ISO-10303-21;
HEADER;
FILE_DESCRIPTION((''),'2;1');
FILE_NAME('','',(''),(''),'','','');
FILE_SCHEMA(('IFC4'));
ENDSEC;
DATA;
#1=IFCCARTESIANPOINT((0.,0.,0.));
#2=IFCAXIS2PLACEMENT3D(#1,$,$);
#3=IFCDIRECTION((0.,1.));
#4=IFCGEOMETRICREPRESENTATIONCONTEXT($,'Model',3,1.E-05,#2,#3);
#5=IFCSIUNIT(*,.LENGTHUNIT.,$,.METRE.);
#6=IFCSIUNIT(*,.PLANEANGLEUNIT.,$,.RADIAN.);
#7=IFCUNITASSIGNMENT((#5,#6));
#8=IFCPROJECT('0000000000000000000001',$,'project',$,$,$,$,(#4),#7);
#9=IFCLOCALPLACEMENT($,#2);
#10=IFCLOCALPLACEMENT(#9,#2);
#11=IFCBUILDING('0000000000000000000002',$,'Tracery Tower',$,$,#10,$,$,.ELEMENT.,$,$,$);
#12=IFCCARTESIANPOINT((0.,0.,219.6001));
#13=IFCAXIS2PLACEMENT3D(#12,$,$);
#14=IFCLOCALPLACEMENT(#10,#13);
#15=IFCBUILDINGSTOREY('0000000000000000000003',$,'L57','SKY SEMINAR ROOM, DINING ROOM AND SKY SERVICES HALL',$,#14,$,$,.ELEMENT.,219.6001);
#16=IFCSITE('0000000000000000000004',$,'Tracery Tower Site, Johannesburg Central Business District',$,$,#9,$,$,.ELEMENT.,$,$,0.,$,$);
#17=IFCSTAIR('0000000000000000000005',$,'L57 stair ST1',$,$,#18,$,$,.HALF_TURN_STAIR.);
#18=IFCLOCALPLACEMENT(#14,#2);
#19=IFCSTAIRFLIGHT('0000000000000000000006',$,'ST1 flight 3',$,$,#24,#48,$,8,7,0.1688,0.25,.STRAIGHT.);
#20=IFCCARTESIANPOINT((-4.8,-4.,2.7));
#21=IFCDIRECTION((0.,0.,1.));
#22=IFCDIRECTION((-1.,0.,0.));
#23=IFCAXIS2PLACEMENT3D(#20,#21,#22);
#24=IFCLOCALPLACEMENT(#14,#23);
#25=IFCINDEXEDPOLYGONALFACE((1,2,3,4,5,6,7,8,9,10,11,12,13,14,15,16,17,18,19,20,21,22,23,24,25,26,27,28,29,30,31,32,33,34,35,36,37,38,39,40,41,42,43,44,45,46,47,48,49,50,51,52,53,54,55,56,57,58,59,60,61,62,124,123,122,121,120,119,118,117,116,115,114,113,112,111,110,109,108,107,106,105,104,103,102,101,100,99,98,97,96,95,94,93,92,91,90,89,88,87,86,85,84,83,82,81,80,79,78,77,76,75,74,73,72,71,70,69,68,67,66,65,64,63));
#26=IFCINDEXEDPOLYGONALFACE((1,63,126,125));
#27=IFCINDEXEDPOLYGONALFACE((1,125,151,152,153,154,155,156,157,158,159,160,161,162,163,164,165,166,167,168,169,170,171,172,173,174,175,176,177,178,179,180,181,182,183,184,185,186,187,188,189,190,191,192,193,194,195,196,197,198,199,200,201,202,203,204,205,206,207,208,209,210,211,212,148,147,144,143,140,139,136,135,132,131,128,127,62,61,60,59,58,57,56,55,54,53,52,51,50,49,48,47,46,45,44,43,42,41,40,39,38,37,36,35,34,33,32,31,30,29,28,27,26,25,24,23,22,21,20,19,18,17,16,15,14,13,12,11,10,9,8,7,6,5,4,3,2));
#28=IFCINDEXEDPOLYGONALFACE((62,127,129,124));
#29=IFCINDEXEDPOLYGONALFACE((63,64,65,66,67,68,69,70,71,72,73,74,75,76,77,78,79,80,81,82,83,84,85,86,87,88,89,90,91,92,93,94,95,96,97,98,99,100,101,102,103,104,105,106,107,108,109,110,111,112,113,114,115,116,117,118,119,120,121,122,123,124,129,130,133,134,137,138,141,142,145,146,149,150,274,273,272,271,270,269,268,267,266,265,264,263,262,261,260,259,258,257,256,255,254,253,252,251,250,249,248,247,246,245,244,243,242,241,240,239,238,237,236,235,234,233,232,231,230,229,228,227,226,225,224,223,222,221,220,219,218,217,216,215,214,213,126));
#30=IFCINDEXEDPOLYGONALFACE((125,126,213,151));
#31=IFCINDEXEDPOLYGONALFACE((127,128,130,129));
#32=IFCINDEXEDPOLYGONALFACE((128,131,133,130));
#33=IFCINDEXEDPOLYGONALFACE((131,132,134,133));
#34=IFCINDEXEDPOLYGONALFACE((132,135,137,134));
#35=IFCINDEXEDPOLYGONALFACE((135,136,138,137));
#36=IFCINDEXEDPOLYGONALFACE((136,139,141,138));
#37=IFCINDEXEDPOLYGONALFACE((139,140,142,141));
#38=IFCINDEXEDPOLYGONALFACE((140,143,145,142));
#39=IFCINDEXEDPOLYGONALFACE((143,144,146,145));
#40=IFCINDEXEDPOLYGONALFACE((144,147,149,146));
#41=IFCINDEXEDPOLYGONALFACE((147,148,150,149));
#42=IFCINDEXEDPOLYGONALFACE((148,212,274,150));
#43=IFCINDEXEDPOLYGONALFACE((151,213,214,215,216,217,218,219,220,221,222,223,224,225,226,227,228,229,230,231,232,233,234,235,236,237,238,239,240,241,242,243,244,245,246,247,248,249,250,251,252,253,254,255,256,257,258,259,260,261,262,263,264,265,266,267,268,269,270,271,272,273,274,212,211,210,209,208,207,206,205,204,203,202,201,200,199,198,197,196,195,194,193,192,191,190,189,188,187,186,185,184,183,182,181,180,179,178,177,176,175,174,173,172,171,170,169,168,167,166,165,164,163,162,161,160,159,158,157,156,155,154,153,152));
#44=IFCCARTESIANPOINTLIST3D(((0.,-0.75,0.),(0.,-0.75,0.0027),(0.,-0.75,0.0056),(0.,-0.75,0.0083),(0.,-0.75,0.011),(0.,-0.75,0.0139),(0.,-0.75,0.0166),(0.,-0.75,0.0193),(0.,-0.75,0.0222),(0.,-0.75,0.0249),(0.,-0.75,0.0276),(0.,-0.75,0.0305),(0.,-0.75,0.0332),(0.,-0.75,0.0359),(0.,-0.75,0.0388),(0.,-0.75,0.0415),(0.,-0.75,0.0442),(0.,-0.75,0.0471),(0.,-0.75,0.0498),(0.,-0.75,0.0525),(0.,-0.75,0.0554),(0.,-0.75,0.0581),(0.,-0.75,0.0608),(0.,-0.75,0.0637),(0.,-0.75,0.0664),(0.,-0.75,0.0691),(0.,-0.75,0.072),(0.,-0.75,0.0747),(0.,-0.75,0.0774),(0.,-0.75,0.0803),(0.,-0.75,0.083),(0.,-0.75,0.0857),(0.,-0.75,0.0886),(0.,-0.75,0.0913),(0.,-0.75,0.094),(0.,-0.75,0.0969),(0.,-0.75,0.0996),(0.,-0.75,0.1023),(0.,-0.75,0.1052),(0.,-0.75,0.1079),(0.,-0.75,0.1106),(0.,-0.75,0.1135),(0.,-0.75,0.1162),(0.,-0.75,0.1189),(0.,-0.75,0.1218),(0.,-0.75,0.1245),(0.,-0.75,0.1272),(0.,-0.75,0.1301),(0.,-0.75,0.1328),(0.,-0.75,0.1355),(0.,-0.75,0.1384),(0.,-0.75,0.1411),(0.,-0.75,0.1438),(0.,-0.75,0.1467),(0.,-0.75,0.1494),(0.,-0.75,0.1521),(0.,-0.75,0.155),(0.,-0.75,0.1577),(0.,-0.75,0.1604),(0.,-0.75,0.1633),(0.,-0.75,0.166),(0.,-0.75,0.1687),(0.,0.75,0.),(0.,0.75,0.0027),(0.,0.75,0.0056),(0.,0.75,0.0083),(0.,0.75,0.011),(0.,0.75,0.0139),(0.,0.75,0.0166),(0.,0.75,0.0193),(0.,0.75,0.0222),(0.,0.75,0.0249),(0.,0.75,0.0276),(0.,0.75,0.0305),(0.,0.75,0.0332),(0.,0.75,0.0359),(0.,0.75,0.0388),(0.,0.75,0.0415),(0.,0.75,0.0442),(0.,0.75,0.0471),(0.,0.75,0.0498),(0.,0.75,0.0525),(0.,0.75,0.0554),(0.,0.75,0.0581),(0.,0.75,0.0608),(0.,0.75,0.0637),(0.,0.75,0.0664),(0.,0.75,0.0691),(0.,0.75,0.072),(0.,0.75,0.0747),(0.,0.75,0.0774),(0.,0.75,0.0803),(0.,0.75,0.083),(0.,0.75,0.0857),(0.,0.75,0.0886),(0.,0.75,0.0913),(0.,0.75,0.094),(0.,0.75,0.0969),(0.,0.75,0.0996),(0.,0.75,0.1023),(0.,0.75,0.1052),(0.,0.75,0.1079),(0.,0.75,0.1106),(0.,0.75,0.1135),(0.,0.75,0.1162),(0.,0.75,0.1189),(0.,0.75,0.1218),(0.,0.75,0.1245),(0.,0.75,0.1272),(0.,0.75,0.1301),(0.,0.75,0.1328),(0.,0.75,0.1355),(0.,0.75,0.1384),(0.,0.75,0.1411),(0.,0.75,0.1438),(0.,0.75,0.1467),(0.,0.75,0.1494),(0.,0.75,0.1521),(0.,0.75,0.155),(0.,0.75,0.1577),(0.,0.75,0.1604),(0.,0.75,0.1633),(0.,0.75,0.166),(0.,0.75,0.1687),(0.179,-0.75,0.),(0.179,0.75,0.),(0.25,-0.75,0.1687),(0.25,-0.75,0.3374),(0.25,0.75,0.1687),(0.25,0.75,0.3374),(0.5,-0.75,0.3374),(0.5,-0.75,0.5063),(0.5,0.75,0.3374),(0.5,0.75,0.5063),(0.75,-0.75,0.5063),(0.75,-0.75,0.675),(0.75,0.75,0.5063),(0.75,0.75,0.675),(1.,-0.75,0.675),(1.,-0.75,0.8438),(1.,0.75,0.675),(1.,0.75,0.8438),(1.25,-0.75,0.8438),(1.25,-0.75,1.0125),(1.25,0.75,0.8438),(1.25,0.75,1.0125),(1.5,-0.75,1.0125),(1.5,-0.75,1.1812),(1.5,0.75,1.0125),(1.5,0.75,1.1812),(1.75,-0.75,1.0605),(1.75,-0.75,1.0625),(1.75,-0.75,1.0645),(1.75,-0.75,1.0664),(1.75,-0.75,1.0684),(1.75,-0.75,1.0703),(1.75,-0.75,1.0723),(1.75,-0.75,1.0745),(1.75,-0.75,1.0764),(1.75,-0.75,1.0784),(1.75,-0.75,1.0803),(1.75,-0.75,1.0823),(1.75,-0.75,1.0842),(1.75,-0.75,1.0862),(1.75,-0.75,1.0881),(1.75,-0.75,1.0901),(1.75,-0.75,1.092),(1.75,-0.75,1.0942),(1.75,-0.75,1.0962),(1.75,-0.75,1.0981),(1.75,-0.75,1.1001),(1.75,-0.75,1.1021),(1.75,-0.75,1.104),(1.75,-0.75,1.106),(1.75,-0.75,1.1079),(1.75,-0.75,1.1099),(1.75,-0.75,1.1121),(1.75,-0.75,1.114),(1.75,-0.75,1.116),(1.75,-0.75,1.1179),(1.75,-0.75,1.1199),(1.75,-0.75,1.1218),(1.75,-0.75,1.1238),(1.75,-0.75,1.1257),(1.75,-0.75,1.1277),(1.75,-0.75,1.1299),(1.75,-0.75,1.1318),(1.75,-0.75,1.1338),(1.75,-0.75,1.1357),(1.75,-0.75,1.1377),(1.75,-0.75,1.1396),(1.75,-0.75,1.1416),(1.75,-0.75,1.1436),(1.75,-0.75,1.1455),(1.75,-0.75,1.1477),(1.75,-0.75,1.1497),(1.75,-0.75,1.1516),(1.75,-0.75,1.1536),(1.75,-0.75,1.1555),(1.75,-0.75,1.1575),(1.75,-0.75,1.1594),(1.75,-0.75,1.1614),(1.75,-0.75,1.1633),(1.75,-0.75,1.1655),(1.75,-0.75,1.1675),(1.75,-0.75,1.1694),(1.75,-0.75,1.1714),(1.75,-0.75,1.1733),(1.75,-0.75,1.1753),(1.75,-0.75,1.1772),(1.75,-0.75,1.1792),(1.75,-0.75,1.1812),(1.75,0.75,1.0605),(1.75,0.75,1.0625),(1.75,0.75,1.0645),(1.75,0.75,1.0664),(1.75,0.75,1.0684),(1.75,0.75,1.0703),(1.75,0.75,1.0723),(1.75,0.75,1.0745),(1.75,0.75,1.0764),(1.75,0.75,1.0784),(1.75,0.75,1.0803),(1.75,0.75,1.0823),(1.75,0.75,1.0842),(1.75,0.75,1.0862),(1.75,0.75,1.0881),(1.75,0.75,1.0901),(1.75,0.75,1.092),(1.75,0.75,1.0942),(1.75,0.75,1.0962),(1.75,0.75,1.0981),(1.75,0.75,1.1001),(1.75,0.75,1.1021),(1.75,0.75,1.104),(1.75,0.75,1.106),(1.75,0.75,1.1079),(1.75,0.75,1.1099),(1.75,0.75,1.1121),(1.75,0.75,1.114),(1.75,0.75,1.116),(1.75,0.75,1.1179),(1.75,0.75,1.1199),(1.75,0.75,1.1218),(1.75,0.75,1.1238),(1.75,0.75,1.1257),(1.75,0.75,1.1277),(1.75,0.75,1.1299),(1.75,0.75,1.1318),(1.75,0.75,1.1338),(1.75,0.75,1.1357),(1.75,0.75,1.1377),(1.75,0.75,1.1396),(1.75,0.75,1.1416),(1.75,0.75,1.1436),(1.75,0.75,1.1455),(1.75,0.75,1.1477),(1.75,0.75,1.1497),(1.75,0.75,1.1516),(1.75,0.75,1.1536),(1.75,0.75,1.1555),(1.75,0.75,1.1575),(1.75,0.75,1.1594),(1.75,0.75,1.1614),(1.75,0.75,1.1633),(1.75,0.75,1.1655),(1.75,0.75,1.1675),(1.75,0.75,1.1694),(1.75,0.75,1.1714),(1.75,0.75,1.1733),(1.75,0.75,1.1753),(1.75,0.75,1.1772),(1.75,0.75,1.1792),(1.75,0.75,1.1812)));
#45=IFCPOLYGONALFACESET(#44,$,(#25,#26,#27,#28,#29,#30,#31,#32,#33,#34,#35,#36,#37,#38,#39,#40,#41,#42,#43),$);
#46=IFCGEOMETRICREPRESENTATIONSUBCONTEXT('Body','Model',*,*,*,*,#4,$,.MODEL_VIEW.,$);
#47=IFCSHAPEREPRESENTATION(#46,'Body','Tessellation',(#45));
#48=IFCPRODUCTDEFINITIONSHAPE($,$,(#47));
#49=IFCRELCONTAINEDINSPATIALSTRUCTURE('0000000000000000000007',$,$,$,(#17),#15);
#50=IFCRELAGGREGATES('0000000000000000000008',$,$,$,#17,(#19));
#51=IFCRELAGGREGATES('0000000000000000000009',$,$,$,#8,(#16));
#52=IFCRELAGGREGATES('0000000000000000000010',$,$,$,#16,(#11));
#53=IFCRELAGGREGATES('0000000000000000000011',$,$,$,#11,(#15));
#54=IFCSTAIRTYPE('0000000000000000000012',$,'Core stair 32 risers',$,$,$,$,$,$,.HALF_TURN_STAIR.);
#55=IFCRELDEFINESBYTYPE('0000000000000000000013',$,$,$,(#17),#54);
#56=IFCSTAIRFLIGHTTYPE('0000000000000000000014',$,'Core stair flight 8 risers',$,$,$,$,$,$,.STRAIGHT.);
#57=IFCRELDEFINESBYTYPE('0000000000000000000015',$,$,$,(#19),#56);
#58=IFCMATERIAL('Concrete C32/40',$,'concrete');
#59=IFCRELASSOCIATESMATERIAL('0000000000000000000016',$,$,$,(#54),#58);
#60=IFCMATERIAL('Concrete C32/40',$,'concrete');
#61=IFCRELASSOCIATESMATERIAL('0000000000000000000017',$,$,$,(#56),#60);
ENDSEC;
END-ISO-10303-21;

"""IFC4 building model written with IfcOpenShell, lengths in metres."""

from ifc_helpers import new_model, si_unit, direction, frame, origin, place, context, subcontext, project, spatial, polyline, outline, extrude, material, type_object, element, aggregate, save


model = new_model("IFC4")

# Units and contexts
model_context = context("Model", 3, precision=1e-05, world=origin(), true_north=direction((0.0, 1.0)))
body_context = subcontext(model_context, "Body", "Model", "MODEL_VIEW")
ifc_project = project(units=[si_unit("LENGTHUNIT", "METRE"), si_unit("PLANEANGLEUNIT", "RADIAN")], contexts=[model_context])

# Site, building, storey
site_placement = place(None, origin())
site = spatial("IfcSite", under=ifc_project, at=site_placement, Name="Tracery Tower Site, Johannesburg Central Business District", CompositionType="ELEMENT", RefElevation=0.0)
building_placement = place(site_placement, origin())
building = spatial("IfcBuilding", under=site, at=building_placement, Name="Tracery Tower", CompositionType="ELEMENT")
storey_placement = place(building_placement, frame((0.0, 0.0, 219.6001)))
storey = spatial("IfcBuildingStorey", under=building, at=storey_placement, Name="L57", Description="SKY SEMINAR ROOM, DINING ROOM AND SKY SERVICES HALL", CompositionType="ELEMENT", Elevation=219.6001)

# Stair, stair flight
ifc_material_1 = material(Name="Concrete C32/40", Category="concrete")
stair_type = type_object("IfcStairType", Name="Core stair 32 risers", PredefinedType="HALF_TURN_STAIR", material=ifc_material_1)
stair_placement = place(storey_placement, origin())
stair = element("IfcStair", 1, at=stair_placement, inside=storey, type_object=stair_type, Name="L57 stair ST1", PredefinedType="HALF_TURN_STAIR")
ifc_material_2 = material(Name="Concrete C32/40", Category="concrete")
stair_flight_type = type_object("IfcStairFlightType", Name="Core stair flight 8 risers", PredefinedType="STRAIGHT", material=ifc_material_2)
stair_flight_1_placement = place(storey_placement, frame((-4.8, -4.0, 2.7), z_axis=(0.0, 0.0, 1.0), x_axis=(-1.0, 0.0, 0.0)))
stair_flight_1 = element("IfcStairFlight", 2, at=stair_flight_1_placement, type_object=stair_flight_type, Name="ST1 flight 3", NumberOfRisers=8, NumberOfTreads=7, PredefinedType="STRAIGHT", RiserHeight=0.1688, TreadLength=0.25, context=body_context, shape_type="SweptSolid", body=[
    extrude(outline(polyline([(0.0, 0.0), (0.0, 0.0027), (0.0, 0.0056), (0.0, 0.0083), (0.0, 0.011), (0.0, 0.0139), (0.0, 0.0166), (0.0, 0.0193), (0.0, 0.0222), (0.0, 0.0249), (0.0, 0.0276), (0.0, 0.0305), (0.0, 0.0332), (0.0, 0.0359), (0.0, 0.0388), (0.0, 0.0415), (0.0, 0.0442), (0.0, 0.0471), (0.0, 0.0498), (0.0, 0.0525), (0.0, 0.0554), (0.0, 0.0581), (0.0, 0.0608), (0.0, 0.0637), (0.0, 0.0664), (0.0, 0.0691), (0.0, 0.072), (0.0, 0.0747), (0.0, 0.0774), (0.0, 0.0803), (0.0, 0.083), (0.0, 0.0857), (0.0, 0.0886), (0.0, 0.0913), (0.0, 0.094), (0.0, 0.0969), (0.0, 0.0996), (0.0, 0.1023), (0.0, 0.1052), (0.0, 0.1079), (0.0, 0.1106), (0.0, 0.1135), (0.0, 0.1162), (0.0, 0.1189), (0.0, 0.1218), (0.0, 0.1245), (0.0, 0.1272), (0.0, 0.1301), (0.0, 0.1328), (0.0, 0.1355), (0.0, 0.1384), (0.0, 0.1411), (0.0, 0.1438), (0.0, 0.1467), (0.0, 0.1494), (0.0, 0.1521), (0.0, 0.155), (0.0, 0.1577), (0.0, 0.1604), (0.0, 0.1633), (0.0, 0.166), (0.0, 0.1687), (0.25, 0.1687), (0.25, 0.3374), (0.5, 0.3374), (0.5, 0.5063), (0.75, 0.5063), (0.75, 0.675), (1.0, 0.675), (1.0, 0.8438), (1.25, 0.8438), (1.25, 1.0125), (1.5, 1.0125), (1.5, 1.1812), (1.75, 1.1812), (1.75, 1.1792), (1.75, 1.1772), (1.75, 1.1753), (1.75, 1.1733), (1.75, 1.1714), (1.75, 1.1694), (1.75, 1.1675), (1.75, 1.1655), (1.75, 1.1633), (1.75, 1.1614), (1.75, 1.1594), (1.75, 1.1575), (1.75, 1.1555), (1.75, 1.1536), (1.75, 1.1516), (1.75, 1.1497), (1.75, 1.1477), (1.75, 1.1455), (1.75, 1.1436), (1.75, 1.1416), (1.75, 1.1396), (1.75, 1.1377), (1.75, 1.1357), (1.75, 1.1338), (1.75, 1.1318), (1.75, 1.1299), (1.75, 1.1277), (1.75, 1.1257), (1.75, 1.1238), (1.75, 1.1218), (1.75, 1.1199), (1.75, 1.1179), (1.75, 1.116), (1.75, 1.114), (1.75, 1.1121), (1.75, 1.1099), (1.75, 1.1079), (1.75, 1.106), (1.75, 1.104), (1.75, 1.1021), (1.75, 1.1001), (1.75, 1.0981), (1.75, 1.0962), (1.75, 1.0942), (1.75, 1.092), (1.75, 1.0901), (1.75, 1.0881), (1.75, 1.0862), (1.75, 1.0842), (1.75, 1.0823), (1.75, 1.0803), (1.75, 1.0784), (1.75, 1.0764), (1.75, 1.0745), (1.75, 1.0723), (1.75, 1.0703), (1.75, 1.0684), (1.75, 1.0664), (1.75, 1.0645), (1.75, 1.0625), (1.75, 1.0605), (0.179, 0.0), (0.0, 0.0)])), frame((0.0, 0.75, 0.0), z_axis=(0.0, -1.0, 0.0), x_axis=(1.0, 0.0, 0.0)), (0.0, 0.0, 1.0), 1.5),
])
aggregate(stair, [stair_flight_1])

save(model, "model.ifc")
